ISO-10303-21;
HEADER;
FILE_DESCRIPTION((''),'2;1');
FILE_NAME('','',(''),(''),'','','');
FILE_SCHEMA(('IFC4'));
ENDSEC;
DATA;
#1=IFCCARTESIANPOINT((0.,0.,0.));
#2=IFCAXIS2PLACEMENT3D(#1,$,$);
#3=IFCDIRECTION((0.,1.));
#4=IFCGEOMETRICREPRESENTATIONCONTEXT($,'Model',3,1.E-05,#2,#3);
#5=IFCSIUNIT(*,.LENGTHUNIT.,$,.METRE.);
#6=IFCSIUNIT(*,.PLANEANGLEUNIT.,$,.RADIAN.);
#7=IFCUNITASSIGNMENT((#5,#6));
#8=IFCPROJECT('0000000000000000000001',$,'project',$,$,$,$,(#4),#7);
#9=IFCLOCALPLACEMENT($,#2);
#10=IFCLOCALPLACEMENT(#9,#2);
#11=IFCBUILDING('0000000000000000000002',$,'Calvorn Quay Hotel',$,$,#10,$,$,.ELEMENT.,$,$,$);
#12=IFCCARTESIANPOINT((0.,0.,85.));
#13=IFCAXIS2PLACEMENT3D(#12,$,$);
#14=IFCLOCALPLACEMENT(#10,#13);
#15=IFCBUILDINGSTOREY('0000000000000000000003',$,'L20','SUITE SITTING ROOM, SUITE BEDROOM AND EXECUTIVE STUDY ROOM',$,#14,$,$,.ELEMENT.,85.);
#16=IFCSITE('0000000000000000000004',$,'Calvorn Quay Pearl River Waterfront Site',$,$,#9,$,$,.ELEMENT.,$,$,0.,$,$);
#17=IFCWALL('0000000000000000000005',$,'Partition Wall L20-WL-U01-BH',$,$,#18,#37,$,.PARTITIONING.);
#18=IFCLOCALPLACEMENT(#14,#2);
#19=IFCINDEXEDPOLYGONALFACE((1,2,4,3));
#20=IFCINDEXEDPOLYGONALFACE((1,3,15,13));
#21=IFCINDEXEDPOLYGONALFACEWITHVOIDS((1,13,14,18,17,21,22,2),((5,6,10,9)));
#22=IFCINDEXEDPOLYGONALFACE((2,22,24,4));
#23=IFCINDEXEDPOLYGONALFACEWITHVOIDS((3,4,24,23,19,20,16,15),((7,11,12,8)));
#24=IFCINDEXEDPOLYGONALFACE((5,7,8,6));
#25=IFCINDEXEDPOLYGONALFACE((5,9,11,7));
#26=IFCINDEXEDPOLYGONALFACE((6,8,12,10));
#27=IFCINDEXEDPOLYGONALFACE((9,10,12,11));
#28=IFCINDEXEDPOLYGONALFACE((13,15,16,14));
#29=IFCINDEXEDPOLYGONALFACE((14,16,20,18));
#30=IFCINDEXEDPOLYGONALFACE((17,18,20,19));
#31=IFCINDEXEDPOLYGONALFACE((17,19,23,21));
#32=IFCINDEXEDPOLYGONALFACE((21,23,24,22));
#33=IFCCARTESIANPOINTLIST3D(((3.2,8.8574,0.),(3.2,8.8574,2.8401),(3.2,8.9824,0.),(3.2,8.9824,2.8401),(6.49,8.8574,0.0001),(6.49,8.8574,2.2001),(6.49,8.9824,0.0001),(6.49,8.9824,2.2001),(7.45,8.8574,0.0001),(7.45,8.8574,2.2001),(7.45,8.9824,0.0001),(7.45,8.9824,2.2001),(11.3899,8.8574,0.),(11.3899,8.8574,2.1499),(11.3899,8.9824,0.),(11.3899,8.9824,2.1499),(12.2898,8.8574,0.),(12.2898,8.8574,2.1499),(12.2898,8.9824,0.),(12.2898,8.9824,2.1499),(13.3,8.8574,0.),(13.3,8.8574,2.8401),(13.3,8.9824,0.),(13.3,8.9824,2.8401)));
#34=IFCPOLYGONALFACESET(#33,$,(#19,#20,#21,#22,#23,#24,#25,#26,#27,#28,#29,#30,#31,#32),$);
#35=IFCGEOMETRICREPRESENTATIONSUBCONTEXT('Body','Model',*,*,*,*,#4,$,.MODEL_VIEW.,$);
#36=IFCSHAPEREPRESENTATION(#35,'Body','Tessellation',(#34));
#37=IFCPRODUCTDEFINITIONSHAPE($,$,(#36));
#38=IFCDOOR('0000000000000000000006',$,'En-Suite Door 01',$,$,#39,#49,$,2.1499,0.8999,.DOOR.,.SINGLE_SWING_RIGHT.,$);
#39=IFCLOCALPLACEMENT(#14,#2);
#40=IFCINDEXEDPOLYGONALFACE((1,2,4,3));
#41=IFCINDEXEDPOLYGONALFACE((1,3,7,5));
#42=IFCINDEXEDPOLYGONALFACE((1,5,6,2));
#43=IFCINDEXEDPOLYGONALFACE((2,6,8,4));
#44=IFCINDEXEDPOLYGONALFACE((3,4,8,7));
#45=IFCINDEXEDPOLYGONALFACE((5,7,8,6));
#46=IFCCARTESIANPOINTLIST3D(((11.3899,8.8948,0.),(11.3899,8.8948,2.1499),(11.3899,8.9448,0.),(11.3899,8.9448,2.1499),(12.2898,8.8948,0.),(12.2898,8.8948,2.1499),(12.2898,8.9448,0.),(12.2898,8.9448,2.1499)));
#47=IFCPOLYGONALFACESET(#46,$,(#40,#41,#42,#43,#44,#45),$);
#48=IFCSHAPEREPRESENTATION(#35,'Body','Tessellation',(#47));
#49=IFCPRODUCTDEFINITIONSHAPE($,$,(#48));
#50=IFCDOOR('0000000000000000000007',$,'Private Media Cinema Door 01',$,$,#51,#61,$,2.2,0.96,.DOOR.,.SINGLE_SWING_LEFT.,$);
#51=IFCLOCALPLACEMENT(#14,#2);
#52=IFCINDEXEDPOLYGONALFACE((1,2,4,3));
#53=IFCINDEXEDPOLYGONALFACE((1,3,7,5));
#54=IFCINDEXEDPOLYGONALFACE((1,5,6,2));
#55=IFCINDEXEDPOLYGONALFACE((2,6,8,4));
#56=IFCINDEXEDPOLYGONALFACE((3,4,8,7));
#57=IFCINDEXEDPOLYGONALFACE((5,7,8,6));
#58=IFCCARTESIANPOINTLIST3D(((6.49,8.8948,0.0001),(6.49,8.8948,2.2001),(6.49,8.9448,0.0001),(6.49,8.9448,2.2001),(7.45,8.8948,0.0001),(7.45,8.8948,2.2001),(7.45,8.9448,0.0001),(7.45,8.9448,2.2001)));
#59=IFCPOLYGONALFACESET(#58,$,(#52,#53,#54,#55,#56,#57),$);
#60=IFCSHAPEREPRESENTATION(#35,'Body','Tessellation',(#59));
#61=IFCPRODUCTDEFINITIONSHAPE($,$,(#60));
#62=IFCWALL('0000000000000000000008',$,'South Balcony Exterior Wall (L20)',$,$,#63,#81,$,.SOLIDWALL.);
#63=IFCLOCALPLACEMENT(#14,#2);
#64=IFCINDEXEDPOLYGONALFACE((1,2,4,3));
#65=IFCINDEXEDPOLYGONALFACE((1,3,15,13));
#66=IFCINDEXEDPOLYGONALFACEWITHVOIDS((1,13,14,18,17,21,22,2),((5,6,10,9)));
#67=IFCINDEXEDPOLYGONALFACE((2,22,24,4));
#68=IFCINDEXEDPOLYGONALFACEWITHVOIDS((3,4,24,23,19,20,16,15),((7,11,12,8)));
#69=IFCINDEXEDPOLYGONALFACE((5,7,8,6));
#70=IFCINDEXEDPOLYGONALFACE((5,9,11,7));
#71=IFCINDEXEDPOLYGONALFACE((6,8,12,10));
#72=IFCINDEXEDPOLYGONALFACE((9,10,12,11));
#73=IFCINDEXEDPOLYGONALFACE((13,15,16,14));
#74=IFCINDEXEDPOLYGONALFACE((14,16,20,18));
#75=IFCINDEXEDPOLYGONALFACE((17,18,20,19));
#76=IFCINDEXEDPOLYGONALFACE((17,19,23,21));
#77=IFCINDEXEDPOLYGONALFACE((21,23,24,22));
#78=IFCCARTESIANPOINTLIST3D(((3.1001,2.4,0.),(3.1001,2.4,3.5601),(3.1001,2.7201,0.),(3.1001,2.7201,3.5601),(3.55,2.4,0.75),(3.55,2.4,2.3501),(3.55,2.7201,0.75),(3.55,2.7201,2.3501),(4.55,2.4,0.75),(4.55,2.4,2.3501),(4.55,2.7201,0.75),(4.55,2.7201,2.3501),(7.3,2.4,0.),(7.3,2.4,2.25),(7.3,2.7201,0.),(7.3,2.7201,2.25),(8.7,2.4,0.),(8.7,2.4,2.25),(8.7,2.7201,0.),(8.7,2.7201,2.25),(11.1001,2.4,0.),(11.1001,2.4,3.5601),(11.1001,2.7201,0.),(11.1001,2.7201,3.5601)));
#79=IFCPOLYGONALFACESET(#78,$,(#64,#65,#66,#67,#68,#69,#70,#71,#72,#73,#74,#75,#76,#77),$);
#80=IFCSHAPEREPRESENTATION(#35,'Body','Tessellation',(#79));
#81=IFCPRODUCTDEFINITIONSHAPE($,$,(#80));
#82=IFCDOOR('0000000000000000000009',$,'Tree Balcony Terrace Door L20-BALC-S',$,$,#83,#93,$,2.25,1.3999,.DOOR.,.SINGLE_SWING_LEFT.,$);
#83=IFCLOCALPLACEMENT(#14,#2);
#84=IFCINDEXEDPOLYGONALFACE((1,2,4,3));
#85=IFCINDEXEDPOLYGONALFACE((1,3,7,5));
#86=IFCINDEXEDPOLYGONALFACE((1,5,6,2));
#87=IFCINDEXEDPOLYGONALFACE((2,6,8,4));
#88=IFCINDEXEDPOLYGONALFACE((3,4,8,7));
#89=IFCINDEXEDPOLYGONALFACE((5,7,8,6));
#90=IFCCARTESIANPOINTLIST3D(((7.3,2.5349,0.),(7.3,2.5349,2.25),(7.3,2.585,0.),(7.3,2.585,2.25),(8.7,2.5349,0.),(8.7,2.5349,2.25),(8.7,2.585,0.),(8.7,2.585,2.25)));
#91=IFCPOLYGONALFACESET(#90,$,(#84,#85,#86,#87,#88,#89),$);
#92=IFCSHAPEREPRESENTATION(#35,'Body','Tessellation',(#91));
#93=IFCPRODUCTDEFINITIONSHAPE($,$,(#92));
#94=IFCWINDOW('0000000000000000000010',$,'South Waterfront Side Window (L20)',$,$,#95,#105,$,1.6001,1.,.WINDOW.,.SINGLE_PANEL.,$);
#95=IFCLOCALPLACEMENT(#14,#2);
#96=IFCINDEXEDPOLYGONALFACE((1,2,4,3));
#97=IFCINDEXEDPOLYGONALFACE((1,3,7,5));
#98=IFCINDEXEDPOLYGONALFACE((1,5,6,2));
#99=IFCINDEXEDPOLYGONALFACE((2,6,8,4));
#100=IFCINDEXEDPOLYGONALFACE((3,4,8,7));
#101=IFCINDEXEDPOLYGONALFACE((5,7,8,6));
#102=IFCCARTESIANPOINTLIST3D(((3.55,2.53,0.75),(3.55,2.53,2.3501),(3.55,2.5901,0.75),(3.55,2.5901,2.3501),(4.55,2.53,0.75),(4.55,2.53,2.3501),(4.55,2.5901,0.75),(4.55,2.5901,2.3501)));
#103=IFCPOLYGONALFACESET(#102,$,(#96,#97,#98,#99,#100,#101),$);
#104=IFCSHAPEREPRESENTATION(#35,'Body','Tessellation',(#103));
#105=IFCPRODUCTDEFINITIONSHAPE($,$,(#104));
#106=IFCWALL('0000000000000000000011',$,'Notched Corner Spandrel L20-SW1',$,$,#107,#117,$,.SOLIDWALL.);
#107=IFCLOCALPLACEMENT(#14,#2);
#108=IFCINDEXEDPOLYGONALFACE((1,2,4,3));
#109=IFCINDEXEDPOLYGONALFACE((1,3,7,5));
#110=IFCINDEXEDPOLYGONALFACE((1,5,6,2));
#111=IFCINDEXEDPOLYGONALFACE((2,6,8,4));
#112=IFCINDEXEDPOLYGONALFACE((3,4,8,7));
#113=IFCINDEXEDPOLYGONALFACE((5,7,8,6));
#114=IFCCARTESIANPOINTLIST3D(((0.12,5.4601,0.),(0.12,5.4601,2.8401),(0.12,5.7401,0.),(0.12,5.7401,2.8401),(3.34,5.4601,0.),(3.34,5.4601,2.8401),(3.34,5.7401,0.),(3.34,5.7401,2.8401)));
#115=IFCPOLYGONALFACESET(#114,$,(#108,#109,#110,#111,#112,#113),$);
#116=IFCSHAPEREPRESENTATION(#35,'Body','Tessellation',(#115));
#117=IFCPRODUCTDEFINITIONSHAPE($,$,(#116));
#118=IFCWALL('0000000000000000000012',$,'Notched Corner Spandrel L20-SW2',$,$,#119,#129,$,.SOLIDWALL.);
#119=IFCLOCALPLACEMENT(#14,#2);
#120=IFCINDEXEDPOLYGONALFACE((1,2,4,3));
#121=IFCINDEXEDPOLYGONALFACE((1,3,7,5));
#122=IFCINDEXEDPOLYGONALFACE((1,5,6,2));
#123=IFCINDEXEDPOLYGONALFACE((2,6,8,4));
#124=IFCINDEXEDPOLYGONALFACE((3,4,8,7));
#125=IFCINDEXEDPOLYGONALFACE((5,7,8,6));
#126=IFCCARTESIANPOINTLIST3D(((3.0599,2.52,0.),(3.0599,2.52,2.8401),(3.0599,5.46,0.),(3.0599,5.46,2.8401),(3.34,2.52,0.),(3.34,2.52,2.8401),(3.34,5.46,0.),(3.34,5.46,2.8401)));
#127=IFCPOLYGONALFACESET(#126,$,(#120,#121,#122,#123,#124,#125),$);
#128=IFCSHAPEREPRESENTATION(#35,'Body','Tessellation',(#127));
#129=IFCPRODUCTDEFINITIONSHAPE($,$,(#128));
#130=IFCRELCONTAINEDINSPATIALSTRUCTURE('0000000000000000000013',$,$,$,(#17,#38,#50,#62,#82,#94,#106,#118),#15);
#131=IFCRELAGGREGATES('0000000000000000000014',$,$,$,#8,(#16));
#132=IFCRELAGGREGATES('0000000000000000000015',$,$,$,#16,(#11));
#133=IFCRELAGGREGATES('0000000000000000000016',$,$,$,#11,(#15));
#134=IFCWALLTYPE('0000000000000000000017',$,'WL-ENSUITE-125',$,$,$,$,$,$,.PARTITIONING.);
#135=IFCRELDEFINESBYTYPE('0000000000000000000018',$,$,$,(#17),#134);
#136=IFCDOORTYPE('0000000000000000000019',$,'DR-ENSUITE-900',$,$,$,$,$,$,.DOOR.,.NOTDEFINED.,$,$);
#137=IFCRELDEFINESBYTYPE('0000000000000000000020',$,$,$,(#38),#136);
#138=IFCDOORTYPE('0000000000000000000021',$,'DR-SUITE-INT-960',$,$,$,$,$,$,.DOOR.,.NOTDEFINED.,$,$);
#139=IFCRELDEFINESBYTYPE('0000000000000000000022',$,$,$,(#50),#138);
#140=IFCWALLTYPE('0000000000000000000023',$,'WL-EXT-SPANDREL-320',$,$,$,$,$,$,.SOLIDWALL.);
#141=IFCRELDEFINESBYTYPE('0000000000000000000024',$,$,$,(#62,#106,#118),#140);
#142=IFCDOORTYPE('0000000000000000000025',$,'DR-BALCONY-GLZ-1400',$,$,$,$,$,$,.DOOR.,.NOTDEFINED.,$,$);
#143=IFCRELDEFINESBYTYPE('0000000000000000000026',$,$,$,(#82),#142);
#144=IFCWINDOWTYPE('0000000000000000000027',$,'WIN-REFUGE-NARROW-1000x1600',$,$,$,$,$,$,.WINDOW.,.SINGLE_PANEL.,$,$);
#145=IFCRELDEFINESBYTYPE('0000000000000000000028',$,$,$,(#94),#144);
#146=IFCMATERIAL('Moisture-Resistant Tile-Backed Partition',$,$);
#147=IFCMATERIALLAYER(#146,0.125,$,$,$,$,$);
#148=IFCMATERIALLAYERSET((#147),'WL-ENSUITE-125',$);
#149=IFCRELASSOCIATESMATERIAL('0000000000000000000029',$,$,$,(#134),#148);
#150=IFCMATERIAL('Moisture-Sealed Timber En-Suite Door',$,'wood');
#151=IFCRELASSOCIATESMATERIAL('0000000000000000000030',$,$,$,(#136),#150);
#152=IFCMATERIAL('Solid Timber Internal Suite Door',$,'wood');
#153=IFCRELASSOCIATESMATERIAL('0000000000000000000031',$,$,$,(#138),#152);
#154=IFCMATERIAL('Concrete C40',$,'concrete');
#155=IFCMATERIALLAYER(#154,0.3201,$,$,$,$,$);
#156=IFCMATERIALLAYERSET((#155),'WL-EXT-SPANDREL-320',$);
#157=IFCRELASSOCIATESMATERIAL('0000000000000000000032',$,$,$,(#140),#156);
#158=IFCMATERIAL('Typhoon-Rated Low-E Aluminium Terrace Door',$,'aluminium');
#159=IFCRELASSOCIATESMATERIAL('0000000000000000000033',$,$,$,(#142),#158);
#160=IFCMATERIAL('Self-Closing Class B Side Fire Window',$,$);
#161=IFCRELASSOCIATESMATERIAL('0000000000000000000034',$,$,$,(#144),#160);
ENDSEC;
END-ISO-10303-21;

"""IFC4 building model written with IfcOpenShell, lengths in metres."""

from ifc_helpers import new_model, si_unit, direction, frame, frame_2d, origin, place, context, subcontext, project, spatial, rectangle, extrude, material, layer, layer_set, type_object, element, fill, save


model = new_model("IFC4")

# Units and contexts
model_context = context("Model", 3, precision=1e-05, world=origin(), true_north=direction((0.0, 1.0)))
body_context = subcontext(model_context, "Body", "Model", "MODEL_VIEW")
ifc_project = project(units=[si_unit("LENGTHUNIT", "METRE"), si_unit("PLANEANGLEUNIT", "RADIAN")], contexts=[model_context])

# Site, building, storey
site_placement = place(None, origin())
site = spatial("IfcSite", under=ifc_project, at=site_placement, Name="Calvorn Quay Pearl River Waterfront Site", CompositionType="ELEMENT", RefElevation=0.0)
building_placement = place(site_placement, origin())
building = spatial("IfcBuilding", under=site, at=building_placement, Name="Calvorn Quay Hotel", CompositionType="ELEMENT")
storey_placement = place(building_placement, frame((0.0, 0.0, 85.0)))
storey = spatial("IfcBuildingStorey", under=building, at=storey_placement, Name="L20", Description="SUITE SITTING ROOM, SUITE BEDROOM AND EXECUTIVE STUDY ROOM", CompositionType="ELEMENT", Elevation=85.0)

# Wall, openings, doors
ifc_material_1 = material(Name="Moisture-Resistant Tile-Backed Partition")
ifc_layer_1 = layer(ifc_material_1, 0.125)
ifc_layer_set_1 = layer_set([ifc_layer_1], Name="WL-ENSUITE-125")
wall_type_1 = type_object("IfcWallType", Name="WL-ENSUITE-125", PredefinedType="PARTITIONING", material=ifc_layer_set_1)
wall_1_placement = place(storey_placement, frame((3.2, 8.9199, 0.0), z_axis=(0.0, 0.0, 1.0), x_axis=(1.0, 0.0, 0.0)))
wall_1 = element("IfcWall", 1, at=wall_1_placement, inside=storey, type_object=wall_type_1, Name="Partition Wall L20-WL-U01-BH", PredefinedType="PARTITIONING", context=body_context, shape_type="SweptSolid", body=[
    extrude(rectangle(XDim=10.1001, YDim=0.125, at=frame_2d((5.05, 0.0))), origin(), (0.0, 0.0, 1.0), 2.8401),
])
opening_1_placement = place(wall_1_placement, frame((3.29, 0.0, 0.0)))
opening_1 = element("IfcOpeningElement", 2, at=opening_1_placement, cuts=wall_1, PredefinedType="OPENING", context=body_context, shape_type="SweptSolid", body=[
    extrude(rectangle(XDim=0.96, YDim=2.2, at=frame_2d((0.48, 1.1001))), frame((0.0, 0.0725, 0.0), z_axis=(0.0, -1.0, 0.0), x_axis=(1.0, 0.0, 0.0)), (0.0, 0.0, 1.0), 0.145),
])
opening_2_placement = place(wall_1_placement, frame((8.1899, 0.0, 0.0)))
opening_2 = element("IfcOpeningElement", 3, at=opening_2_placement, cuts=wall_1, PredefinedType="OPENING", context=body_context, shape_type="SweptSolid", body=[
    extrude(rectangle(XDim=0.8999, YDim=2.1499, at=frame_2d((0.45, 1.075))), frame((0.0, 0.0725, 0.0), z_axis=(0.0, -1.0, 0.0), x_axis=(1.0, 0.0, 0.0)), (0.0, 0.0, 1.0), 0.145),
])
ifc_material_2 = material(Name="Moisture-Sealed Timber En-Suite Door", Category="wood")
door_type_1 = type_object("IfcDoorType", Name="DR-ENSUITE-900", OperationType="NOTDEFINED", PredefinedType="DOOR", material=ifc_material_2)
door_1_placement = place(opening_2_placement, origin())
door_1 = element("IfcDoor", 4, at=door_1_placement, inside=storey, type_object=door_type_1, Name="En-Suite Door 01", OperationType="SINGLE_SWING_RIGHT", OverallHeight=2.1499, OverallWidth=0.8999, PredefinedType="DOOR", context=body_context, shape_type="SweptSolid", body=[
    extrude(rectangle(XDim=0.8999, YDim=2.1499, at=frame_2d((0.45, 1.075))), frame((0.0, 0.0249, 0.0), z_axis=(0.0, -1.0, 0.0), x_axis=(1.0, 0.0, 0.0)), (0.0, 0.0, 1.0), 0.05),
])
fill(opening_2, door_1)
ifc_material_3 = material(Name="Solid Timber Internal Suite Door", Category="wood")
door_type_2 = type_object("IfcDoorType", Name="DR-SUITE-INT-960", OperationType="NOTDEFINED", PredefinedType="DOOR", material=ifc_material_3)
door_2_placement = place(opening_1_placement, origin())
door_2 = element("IfcDoor", 5, at=door_2_placement, inside=storey, type_object=door_type_2, Name="Private Media Cinema Door 01", OperationType="SINGLE_SWING_LEFT", OverallHeight=2.2, OverallWidth=0.96, PredefinedType="DOOR", context=body_context, shape_type="SweptSolid", body=[
    extrude(rectangle(XDim=0.96, YDim=2.2, at=frame_2d((0.48, 1.1001))), frame((0.0, 0.0249, 0.0), z_axis=(0.0, -1.0, 0.0), x_axis=(1.0, 0.0, 0.0)), (0.0, 0.0, 1.0), 0.05),
])
fill(opening_1, door_2)

# Wall, openings, door, window
ifc_material_4 = material(Name="Concrete C40", Category="concrete")
ifc_layer_2 = layer(ifc_material_4, 0.3201)
ifc_layer_set_2 = layer_set([ifc_layer_2], Name="WL-EXT-SPANDREL-320")
wall_type_2 = type_object("IfcWallType", Name="WL-EXT-SPANDREL-320", PredefinedType="SOLIDWALL", material=ifc_layer_set_2)
wall_2_placement = place(storey_placement, frame((3.1001, 2.5601, 0.0), z_axis=(0.0, 0.0, 1.0), x_axis=(1.0, 0.0, 0.0)))
wall_2 = element("IfcWall", 6, at=wall_2_placement, inside=storey, type_object=wall_type_2, Name="South Balcony Exterior Wall (L20)", PredefinedType="SOLIDWALL", context=body_context, shape_type="SweptSolid", body=[
    extrude(rectangle(XDim=8.0, YDim=0.3201, at=frame_2d((4.0, 0.0))), origin(), (0.0, 0.0, 1.0), 3.5601),
])
opening_3_placement = place(wall_2_placement, frame((0.45, 0.0, 0.75)))
opening_3 = element("IfcOpeningElement", 7, at=opening_3_placement, cuts=wall_2, PredefinedType="OPENING", context=body_context, shape_type="SweptSolid", body=[
    extrude(rectangle(XDim=1.0, YDim=1.6001, at=frame_2d((0.5, 0.8))), frame((0.0, 0.1699, 0.0), z_axis=(0.0, -1.0, 0.0), x_axis=(1.0, 0.0, 0.0)), (0.0, 0.0, 1.0), 0.3401),
])
opening_4_placement = place(wall_2_placement, frame((4.2, 0.0, 0.0)))
opening_4 = element("IfcOpeningElement", 8, at=opening_4_placement, cuts=wall_2, PredefinedType="OPENING", context=body_context, shape_type="SweptSolid", body=[
    extrude(rectangle(XDim=1.3999, YDim=2.25, at=frame_2d((0.7, 1.125))), frame((0.0, 0.1699, 0.0), z_axis=(0.0, -1.0, 0.0), x_axis=(1.0, 0.0, 0.0)), (0.0, 0.0, 1.0), 0.3401),
])
ifc_material_5 = material(Name="Typhoon-Rated Low-E Aluminium Terrace Door", Category="aluminium")
door_type_3 = type_object("IfcDoorType", Name="DR-BALCONY-GLZ-1400", OperationType="NOTDEFINED", PredefinedType="DOOR", material=ifc_material_5)
door_3_placement = place(opening_4_placement, origin())
door_3 = element("IfcDoor", 9, at=door_3_placement, inside=storey, type_object=door_type_3, Name="Tree Balcony Terrace Door L20-BALC-S", OperationType="SINGLE_SWING_LEFT", OverallHeight=2.25, OverallWidth=1.3999, PredefinedType="DOOR", context=body_context, shape_type="SweptSolid", body=[
    extrude(rectangle(XDim=1.3999, YDim=2.25, at=frame_2d((0.7, 1.125))), frame((0.0, 0.0249, 0.0), z_axis=(0.0, -1.0, 0.0), x_axis=(1.0, 0.0, 0.0)), (0.0, 0.0, 1.0), 0.05),
])
fill(opening_4, door_3)
ifc_material_6 = material(Name="Self-Closing Class B Side Fire Window")
window_type = type_object("IfcWindowType", Name="WIN-REFUGE-NARROW-1000x1600", PartitioningType="SINGLE_PANEL", PredefinedType="WINDOW", material=ifc_material_6)
window_placement = place(opening_3_placement, origin())
window = element("IfcWindow", 10, at=window_placement, inside=storey, type_object=window_type, Name="South Waterfront Side Window (L20)", OverallHeight=1.6001, OverallWidth=1.0, PartitioningType="SINGLE_PANEL", PredefinedType="WINDOW", context=body_context, shape_type="SweptSolid", body=[
    extrude(rectangle(XDim=1.0, YDim=1.6001, at=frame_2d((0.5, 0.8))), frame((0.0, 0.03, 0.0), z_axis=(0.0, -1.0, 0.0), x_axis=(1.0, 0.0, 0.0)), (0.0, 0.0, 1.0), 0.0601),
])
fill(opening_3, window)

# Walls
wall_3_placement = place(storey_placement, frame((0.1201, 5.6001, 0.0), z_axis=(0.0, 0.0, 1.0), x_axis=(1.0, 0.0, 0.0)))
element("IfcWall", 11, at=wall_3_placement, inside=storey, type_object=wall_type_2, Name="Notched Corner Spandrel L20-SW1", PredefinedType="SOLIDWALL", context=body_context, shape_type="SweptSolid", body=[
    extrude(rectangle(XDim=3.22, YDim=0.28, at=frame_2d((1.6099, 0.0))), origin(), (0.0, 0.0, 1.0), 2.8401),
])
wall_4_placement = place(storey_placement, frame((3.2, 5.46, 0.0), z_axis=(0.0, 0.0, 1.0), x_axis=(0.0, -1.0, 0.0)))
element("IfcWall", 12, at=wall_4_placement, inside=storey, type_object=wall_type_2, Name="Notched Corner Spandrel L20-SW2", PredefinedType="SOLIDWALL", context=body_context, shape_type="SweptSolid", body=[
    extrude(rectangle(XDim=2.9399, YDim=0.28, at=frame_2d((1.47, 0.0))), origin(), (0.0, 0.0, 1.0), 2.8401),
])

save(model, "model.ifc")
